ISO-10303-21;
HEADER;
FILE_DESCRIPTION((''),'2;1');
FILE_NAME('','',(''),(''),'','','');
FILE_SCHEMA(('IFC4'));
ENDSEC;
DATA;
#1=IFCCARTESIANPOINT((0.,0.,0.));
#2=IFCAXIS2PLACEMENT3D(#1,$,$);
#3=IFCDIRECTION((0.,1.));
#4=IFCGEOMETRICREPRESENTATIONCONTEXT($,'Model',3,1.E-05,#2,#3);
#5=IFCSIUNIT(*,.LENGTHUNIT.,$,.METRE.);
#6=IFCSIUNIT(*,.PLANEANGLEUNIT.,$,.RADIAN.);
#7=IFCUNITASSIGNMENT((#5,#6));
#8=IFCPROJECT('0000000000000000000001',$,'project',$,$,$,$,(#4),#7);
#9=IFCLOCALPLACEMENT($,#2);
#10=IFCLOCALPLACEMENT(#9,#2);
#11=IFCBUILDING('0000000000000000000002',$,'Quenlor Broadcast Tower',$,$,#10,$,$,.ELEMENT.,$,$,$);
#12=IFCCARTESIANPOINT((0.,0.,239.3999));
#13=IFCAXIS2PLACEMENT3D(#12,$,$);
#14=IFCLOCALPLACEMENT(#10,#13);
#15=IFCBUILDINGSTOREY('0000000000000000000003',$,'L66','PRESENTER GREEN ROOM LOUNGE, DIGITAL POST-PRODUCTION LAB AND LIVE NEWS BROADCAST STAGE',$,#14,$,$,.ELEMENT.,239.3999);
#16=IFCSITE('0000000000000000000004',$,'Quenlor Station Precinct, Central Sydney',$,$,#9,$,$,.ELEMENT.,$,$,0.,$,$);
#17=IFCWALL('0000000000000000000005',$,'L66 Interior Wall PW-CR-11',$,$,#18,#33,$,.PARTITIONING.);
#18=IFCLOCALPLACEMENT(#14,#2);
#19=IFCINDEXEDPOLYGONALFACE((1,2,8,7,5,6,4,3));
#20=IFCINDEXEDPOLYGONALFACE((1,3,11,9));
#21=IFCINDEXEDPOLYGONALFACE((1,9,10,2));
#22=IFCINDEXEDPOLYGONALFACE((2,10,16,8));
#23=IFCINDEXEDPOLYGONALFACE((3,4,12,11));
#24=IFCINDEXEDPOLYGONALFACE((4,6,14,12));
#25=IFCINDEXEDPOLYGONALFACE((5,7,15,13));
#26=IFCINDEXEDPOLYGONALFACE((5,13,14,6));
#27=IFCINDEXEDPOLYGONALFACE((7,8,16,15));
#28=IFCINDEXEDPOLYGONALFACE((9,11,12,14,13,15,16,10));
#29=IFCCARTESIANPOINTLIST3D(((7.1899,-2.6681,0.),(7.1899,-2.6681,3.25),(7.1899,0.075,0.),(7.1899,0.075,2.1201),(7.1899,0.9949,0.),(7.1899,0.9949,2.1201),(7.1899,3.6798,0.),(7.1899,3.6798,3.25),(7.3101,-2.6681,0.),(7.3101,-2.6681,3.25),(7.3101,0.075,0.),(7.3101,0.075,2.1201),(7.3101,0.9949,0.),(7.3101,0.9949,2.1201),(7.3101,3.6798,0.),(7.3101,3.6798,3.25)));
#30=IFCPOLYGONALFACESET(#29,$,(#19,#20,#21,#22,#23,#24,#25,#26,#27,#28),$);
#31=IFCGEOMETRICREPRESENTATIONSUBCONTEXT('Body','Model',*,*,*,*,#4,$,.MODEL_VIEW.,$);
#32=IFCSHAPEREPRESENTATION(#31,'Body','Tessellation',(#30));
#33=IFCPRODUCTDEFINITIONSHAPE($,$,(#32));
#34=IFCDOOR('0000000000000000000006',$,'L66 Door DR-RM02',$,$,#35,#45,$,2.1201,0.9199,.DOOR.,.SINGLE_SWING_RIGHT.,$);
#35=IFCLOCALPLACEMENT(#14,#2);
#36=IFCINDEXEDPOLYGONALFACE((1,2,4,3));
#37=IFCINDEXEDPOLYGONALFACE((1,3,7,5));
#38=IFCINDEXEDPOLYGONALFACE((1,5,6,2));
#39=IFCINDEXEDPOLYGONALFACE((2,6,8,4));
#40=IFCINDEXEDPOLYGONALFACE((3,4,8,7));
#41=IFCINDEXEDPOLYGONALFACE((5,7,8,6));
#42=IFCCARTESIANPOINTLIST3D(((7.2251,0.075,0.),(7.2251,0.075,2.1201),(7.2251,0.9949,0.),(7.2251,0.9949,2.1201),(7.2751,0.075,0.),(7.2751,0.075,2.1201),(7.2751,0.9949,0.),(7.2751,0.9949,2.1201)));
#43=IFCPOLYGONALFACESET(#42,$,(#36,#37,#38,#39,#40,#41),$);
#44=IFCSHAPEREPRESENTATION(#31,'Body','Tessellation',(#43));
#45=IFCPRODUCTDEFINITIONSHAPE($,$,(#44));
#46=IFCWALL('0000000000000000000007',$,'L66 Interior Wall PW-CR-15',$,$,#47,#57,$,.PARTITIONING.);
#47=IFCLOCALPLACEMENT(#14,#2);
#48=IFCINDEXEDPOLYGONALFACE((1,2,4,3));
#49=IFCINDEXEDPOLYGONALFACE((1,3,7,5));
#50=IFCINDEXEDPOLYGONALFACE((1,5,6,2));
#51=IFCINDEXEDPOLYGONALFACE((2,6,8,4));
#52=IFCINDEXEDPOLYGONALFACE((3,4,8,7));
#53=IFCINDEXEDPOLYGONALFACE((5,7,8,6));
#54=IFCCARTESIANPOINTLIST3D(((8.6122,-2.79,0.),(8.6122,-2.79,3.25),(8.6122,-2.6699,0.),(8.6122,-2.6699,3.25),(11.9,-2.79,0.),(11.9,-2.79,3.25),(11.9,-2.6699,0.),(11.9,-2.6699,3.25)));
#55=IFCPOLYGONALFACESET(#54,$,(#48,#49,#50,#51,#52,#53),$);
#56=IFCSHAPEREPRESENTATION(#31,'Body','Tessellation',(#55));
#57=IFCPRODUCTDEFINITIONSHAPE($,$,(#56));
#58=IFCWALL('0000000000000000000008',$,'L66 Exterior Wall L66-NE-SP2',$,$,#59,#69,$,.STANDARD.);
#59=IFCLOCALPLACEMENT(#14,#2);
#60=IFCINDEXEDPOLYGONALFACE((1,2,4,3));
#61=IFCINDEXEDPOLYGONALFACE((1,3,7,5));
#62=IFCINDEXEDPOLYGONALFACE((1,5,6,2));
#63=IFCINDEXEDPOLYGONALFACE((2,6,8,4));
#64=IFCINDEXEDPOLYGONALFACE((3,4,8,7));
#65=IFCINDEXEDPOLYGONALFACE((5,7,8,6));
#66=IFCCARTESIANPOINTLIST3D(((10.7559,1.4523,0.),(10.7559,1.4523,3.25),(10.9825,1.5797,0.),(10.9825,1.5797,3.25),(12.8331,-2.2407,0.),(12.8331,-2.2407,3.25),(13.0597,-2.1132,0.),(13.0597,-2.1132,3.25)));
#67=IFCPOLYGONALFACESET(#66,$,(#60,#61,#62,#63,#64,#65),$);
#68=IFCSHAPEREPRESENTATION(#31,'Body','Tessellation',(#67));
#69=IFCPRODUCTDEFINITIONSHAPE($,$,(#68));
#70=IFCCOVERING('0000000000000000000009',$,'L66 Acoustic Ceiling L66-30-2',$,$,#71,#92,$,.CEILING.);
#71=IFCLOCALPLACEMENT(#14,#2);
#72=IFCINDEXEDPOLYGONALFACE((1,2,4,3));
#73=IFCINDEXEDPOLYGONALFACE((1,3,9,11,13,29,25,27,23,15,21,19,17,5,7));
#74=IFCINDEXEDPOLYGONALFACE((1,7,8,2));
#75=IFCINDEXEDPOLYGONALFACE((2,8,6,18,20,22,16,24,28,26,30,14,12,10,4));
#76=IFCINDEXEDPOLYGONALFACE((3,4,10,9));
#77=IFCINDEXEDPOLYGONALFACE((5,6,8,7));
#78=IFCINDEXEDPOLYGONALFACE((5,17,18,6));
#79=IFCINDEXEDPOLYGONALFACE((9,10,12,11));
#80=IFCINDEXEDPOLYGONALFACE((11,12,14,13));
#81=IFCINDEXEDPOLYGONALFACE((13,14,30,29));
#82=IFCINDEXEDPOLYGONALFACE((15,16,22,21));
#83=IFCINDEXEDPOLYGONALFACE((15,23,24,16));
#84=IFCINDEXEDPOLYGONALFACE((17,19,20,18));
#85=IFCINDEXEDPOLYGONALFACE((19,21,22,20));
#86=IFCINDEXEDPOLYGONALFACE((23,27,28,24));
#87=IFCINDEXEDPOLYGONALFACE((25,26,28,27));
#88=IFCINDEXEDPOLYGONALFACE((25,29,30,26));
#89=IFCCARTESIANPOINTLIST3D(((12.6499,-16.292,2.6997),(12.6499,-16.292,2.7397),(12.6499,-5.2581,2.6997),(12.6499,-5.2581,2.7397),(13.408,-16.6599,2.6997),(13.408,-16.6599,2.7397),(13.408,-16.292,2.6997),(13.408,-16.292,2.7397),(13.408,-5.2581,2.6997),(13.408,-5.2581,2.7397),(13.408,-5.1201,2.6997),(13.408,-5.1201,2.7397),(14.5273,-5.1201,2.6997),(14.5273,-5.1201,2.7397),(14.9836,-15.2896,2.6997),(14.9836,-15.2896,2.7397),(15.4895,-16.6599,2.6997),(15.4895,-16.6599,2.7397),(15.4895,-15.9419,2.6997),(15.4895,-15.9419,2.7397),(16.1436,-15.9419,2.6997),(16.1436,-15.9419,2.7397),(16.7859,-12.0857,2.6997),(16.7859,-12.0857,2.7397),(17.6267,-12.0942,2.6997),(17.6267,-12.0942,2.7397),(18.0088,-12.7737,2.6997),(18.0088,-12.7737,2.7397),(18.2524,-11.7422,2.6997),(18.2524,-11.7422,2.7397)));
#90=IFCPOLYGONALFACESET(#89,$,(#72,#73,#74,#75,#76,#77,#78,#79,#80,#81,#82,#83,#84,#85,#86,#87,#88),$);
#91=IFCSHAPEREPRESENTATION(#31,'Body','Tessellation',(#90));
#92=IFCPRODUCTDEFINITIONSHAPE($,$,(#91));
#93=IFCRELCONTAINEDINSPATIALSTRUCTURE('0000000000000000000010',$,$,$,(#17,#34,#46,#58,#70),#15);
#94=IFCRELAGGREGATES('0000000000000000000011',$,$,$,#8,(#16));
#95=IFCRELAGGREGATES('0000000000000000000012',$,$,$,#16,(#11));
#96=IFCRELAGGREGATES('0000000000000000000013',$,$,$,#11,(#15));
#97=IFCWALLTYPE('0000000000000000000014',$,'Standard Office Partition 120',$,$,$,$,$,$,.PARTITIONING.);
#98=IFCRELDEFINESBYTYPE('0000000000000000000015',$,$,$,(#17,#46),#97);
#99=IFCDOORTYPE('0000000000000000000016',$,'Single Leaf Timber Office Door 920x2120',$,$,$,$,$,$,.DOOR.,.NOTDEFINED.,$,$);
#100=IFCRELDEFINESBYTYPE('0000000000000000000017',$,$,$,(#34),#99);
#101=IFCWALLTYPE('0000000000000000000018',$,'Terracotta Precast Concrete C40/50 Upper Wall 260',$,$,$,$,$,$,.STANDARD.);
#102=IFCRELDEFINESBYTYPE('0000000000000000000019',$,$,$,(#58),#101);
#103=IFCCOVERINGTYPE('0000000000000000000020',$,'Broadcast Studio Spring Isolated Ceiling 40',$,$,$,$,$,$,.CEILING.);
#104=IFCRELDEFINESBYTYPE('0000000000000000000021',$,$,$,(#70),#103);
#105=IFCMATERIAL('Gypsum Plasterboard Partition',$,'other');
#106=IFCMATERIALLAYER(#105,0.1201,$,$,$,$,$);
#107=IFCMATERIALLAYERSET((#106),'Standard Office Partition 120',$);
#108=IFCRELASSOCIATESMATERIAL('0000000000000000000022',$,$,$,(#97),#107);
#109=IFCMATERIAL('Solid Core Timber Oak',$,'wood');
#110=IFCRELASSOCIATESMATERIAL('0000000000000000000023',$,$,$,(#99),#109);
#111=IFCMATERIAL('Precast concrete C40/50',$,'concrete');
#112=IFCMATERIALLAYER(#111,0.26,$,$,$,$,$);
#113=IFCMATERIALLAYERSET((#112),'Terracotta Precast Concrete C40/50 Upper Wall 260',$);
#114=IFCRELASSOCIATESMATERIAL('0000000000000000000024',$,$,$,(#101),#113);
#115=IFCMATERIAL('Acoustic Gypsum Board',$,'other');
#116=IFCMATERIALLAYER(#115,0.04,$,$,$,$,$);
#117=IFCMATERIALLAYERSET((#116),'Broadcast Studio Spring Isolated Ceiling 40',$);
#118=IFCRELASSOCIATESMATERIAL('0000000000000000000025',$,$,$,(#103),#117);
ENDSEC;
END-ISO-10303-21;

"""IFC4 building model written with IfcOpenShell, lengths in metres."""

from ifc_helpers import new_model, si_unit, direction, frame, frame_2d, origin, place, context, subcontext, project, spatial, polyline, rectangle, outline, extrude, material, layer, layer_set, type_object, element, fill, save


model = new_model("IFC4")

# Units and contexts
model_context = context("Model", 3, precision=1e-05, world=origin(), true_north=direction((0.0, 1.0)))
body_context = subcontext(model_context, "Body", "Model", "MODEL_VIEW")
ifc_project = project(units=[si_unit("LENGTHUNIT", "METRE"), si_unit("PLANEANGLEUNIT", "RADIAN")], contexts=[model_context])

# Site, building, storey
site_placement = place(None, origin())
site = spatial("IfcSite", under=ifc_project, at=site_placement, Name="Quenlor Station Precinct, Central Sydney", CompositionType="ELEMENT", RefElevation=0.0)
building_placement = place(site_placement, origin())
building = spatial("IfcBuilding", under=site, at=building_placement, Name="Quenlor Broadcast Tower", CompositionType="ELEMENT")
storey_placement = place(building_placement, frame((0.0, 0.0, 239.3999)))
storey = spatial("IfcBuildingStorey", under=building, at=storey_placement, Name="L66", Description="PRESENTER GREEN ROOM LOUNGE, DIGITAL POST-PRODUCTION LAB AND LIVE NEWS BROADCAST STAGE", CompositionType="ELEMENT", Elevation=239.3999)

# Shared definitions
ifc_material_1 = material(Name="Gypsum Plasterboard Partition", Category="other")
ifc_layer_1 = layer(ifc_material_1, 0.1201)
ifc_layer_set_1 = layer_set([ifc_layer_1], Name="Standard Office Partition 120")
wall_type_1 = type_object("IfcWallType", Name="Standard Office Partition 120", PredefinedType="PARTITIONING", material=ifc_layer_set_1)

# Wall, opening, door
wall_1_placement = place(storey_placement, frame((7.25, -2.668, 0.0), z_axis=(0.0, 0.0, 1.0), x_axis=(0.0, 1.0, 0.0)))
wall_1 = element("IfcWall", 1, at=wall_1_placement, inside=storey, type_object=wall_type_1, Name="L66 Interior Wall PW-CR-11", PredefinedType="PARTITIONING", context=body_context, shape_type="SweptSolid", body=[
    extrude(rectangle(XDim=6.3479, YDim=0.1201, at=frame_2d((3.1738, 0.0))), origin(), (0.0, 0.0, 1.0), 3.25),
])
opening_placement = place(wall_1_placement, frame((2.7429, 0.0, 0.0)))
opening = element("IfcOpeningElement", 2, at=opening_placement, cuts=wall_1, PredefinedType="OPENING", context=body_context, shape_type="SweptSolid", body=[
    extrude(rectangle(XDim=0.9199, YDim=2.1201, at=frame_2d((0.46, 1.0601))), frame((0.0, 0.0701, 0.0), z_axis=(0.0, -1.0, 0.0), x_axis=(1.0, 0.0, 0.0)), (0.0, 0.0, 1.0), 0.1401),
])
ifc_material_2 = material(Name="Solid Core Timber Oak", Category="wood")
door_type = type_object("IfcDoorType", Name="Single Leaf Timber Office Door 920x2120", OperationType="NOTDEFINED", PredefinedType="DOOR", material=ifc_material_2)
door_placement = place(opening_placement, origin())
door = element("IfcDoor", 3, at=door_placement, inside=storey, type_object=door_type, Name="L66 Door DR-RM02", OperationType="SINGLE_SWING_RIGHT", OverallHeight=2.1201, OverallWidth=0.9199, PredefinedType="DOOR", context=body_context, shape_type="SweptSolid", body=[
    extrude(rectangle(XDim=0.9199, YDim=2.1201, at=frame_2d((0.46, 1.0601))), frame((0.0, 0.0249, 0.0), z_axis=(0.0, -1.0, 0.0), x_axis=(1.0, 0.0, 0.0)), (0.0, 0.0, 1.0), 0.05),
])
fill(opening, door)

# Walls
wall_2_placement = place(storey_placement, frame((8.6121, -2.73, 0.0), z_axis=(0.0, 0.0, 1.0), x_axis=(1.0, 0.0, 0.0)))
element("IfcWall", 4, at=wall_2_placement, inside=storey, type_object=wall_type_1, Name="L66 Interior Wall PW-CR-15", PredefinedType="PARTITIONING", context=body_context, shape_type="SweptSolid", body=[
    extrude(rectangle(XDim=3.2878, YDim=0.1201, at=frame_2d((1.644, 0.0))), origin(), (0.0, 0.0, 1.0), 3.25),
])
ifc_material_3 = material(Name="Precast concrete C40/50", Category="concrete")
ifc_layer_2 = layer(ifc_material_3, 0.26)
ifc_layer_set_2 = layer_set([ifc_layer_2], Name="Terracotta Precast Concrete C40/50 Upper Wall 260")
wall_type_2 = type_object("IfcWallType", Name="Terracotta Precast Concrete C40/50 Upper Wall 260", PredefinedType="STANDARD", material=ifc_layer_set_2)
wall_3_placement = place(storey_placement, frame((10.8691, 1.5161, 0.0), z_axis=(0.0, 0.0, 1.0), x_axis=(0.490245, -0.871585, 0.0)))
element("IfcWall", 5, at=wall_3_placement, inside=storey, type_object=wall_type_2, Name="L66 Exterior Wall L66-NE-SP2", PredefinedType="STANDARD", context=body_context, shape_type="SweptSolid", body=[
    extrude(rectangle(XDim=4.2371, YDim=0.26, at=frame_2d((2.1187, 0.0))), origin(), (0.0, 0.0, 1.0), 3.25),
])

# Covering
ifc_material_4 = material(Name="Acoustic Gypsum Board", Category="other")
ifc_layer_3 = layer(ifc_material_4, 0.04)
ifc_layer_set_3 = layer_set([ifc_layer_3], Name="Broadcast Studio Spring Isolated Ceiling 40")
covering_type = type_object("IfcCoveringType", Name="Broadcast Studio Spring Isolated Ceiling 40", PredefinedType="CEILING", material=ifc_layer_set_3)
covering_placement = place(storey_placement, frame((0.0, 0.0, 2.6997)))
element("IfcCovering", 6, at=covering_placement, inside=storey, type_object=covering_type, Name="L66 Acoustic Ceiling L66-30-2", PredefinedType="CEILING", context=body_context, shape_type="SweptSolid", body=[
    extrude(outline(polyline([(13.408, -5.1201), (14.5273, -5.1201), (18.2524, -11.7422), (17.6267, -12.0942), (18.0088, -12.7737), (16.7859, -12.0857), (14.9836, -15.2896), (16.1436, -15.9419), (15.4895, -15.9419), (15.4895, -16.6599), (13.408, -16.6599), (13.408, -16.292), (12.6499, -16.292), (12.6499, -5.2581), (13.408, -5.2581), (13.408, -5.1201)])), origin(), (0.0, 0.0, 1.0), 0.04),
])

save(model, "model.ifc")
